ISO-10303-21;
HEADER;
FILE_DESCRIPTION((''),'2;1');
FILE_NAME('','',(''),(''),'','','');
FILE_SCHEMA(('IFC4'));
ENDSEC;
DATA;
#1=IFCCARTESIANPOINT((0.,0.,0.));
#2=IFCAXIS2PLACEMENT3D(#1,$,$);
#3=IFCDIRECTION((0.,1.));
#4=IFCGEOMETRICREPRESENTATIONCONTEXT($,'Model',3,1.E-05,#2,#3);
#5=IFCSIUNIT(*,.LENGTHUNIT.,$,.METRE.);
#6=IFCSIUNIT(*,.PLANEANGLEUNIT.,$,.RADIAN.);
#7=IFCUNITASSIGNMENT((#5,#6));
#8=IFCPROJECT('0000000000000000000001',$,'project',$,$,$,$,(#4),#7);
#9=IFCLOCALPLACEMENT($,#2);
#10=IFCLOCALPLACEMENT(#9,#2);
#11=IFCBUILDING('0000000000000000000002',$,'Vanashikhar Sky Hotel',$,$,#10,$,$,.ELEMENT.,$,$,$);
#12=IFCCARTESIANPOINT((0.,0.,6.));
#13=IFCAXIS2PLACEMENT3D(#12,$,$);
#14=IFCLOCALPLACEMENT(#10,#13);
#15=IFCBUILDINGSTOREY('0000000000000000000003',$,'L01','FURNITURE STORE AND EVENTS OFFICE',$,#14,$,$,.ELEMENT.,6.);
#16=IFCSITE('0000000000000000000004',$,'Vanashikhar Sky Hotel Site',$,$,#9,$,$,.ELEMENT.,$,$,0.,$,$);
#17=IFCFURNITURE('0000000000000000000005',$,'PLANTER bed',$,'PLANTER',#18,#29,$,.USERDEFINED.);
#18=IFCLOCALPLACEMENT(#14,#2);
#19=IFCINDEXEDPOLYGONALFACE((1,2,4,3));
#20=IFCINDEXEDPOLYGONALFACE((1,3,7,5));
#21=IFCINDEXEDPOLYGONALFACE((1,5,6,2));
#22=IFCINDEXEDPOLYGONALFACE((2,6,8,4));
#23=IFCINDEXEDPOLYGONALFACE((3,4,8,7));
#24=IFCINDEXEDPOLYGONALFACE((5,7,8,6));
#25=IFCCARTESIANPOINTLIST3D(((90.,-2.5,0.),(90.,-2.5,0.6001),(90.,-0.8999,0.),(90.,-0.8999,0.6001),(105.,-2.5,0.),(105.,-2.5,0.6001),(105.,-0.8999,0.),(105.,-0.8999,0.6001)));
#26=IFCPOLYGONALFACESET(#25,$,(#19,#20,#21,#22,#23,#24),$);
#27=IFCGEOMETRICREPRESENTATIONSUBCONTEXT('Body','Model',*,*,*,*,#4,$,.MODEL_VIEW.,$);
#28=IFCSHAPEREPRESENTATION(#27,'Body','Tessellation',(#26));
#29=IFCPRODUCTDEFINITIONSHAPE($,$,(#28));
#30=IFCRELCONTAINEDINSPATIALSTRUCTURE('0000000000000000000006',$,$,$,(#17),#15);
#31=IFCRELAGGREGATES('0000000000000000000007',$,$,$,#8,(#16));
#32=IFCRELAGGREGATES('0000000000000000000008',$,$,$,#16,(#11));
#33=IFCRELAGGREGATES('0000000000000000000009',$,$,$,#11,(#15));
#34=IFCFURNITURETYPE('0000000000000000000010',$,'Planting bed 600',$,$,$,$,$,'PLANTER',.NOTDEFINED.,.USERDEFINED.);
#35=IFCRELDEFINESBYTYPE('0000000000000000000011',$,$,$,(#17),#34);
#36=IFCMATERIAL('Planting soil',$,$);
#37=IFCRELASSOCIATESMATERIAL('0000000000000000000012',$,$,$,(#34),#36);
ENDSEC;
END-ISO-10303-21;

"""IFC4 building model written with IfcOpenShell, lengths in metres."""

from ifc_helpers import new_model, si_unit, direction, frame, origin, origin_2d, place, context, subcontext, project, spatial, rectangle, extrude, source, transform, mapped, material, type_object, element, save


model = new_model("IFC4")

# Units and contexts
model_context = context("Model", 3, precision=1e-05, world=origin(), true_north=direction((0.0, 1.0)))
body_context = subcontext(model_context, "Body", "Model", "MODEL_VIEW")
ifc_project = project(units=[si_unit("LENGTHUNIT", "METRE"), si_unit("PLANEANGLEUNIT", "RADIAN")], contexts=[model_context])

# Site, building, storey
site_placement = place(None, origin())
site = spatial("IfcSite", under=ifc_project, at=site_placement, Name="Vanashikhar Sky Hotel Site", CompositionType="ELEMENT", RefElevation=0.0)
building_placement = place(site_placement, origin())
building = spatial("IfcBuilding", under=site, at=building_placement, Name="Vanashikhar Sky Hotel", CompositionType="ELEMENT")
storey_placement = place(building_placement, frame((0.0, 0.0, 6.0)))
storey = spatial("IfcBuildingStorey", under=building, at=storey_placement, Name="L01", Description="FURNITURE STORE AND EVENTS OFFICE", CompositionType="ELEMENT", Elevation=6.0)

# Furniture
ifc_material_1 = material(Name="Planting soil")
furniture_type = type_object("IfcFurnitureType", Name="Planting bed 600", ElementType="PLANTER", AssemblyPlace="NOTDEFINED", PredefinedType="USERDEFINED", material=ifc_material_1)
shared_shape_1 = source(origin(), body_context, "Body", "SweptSolid", [
    extrude(rectangle(XDim=15.0, YDim=1.6001, at=origin_2d()), origin(), (0.0, 0.0, 1.0), 0.6001),
])
furniture_placement = place(storey_placement, frame((97.5, -1.7, 0.0), z_axis=(0.0, 0.0, 1.0), x_axis=(1.0, 0.0, 0.0)))
element("IfcFurniture", 1, at=furniture_placement, inside=storey, type_object=furniture_type, Name="PLANTER bed", ObjectType="PLANTER", PredefinedType="USERDEFINED", context=body_context, shape_type="MappedRepresentation", body=[
    mapped(shared_shape_1, transform((0.0, 0.0, 0.0), scale=1.0)),
])

save(model, "model.ifc")
